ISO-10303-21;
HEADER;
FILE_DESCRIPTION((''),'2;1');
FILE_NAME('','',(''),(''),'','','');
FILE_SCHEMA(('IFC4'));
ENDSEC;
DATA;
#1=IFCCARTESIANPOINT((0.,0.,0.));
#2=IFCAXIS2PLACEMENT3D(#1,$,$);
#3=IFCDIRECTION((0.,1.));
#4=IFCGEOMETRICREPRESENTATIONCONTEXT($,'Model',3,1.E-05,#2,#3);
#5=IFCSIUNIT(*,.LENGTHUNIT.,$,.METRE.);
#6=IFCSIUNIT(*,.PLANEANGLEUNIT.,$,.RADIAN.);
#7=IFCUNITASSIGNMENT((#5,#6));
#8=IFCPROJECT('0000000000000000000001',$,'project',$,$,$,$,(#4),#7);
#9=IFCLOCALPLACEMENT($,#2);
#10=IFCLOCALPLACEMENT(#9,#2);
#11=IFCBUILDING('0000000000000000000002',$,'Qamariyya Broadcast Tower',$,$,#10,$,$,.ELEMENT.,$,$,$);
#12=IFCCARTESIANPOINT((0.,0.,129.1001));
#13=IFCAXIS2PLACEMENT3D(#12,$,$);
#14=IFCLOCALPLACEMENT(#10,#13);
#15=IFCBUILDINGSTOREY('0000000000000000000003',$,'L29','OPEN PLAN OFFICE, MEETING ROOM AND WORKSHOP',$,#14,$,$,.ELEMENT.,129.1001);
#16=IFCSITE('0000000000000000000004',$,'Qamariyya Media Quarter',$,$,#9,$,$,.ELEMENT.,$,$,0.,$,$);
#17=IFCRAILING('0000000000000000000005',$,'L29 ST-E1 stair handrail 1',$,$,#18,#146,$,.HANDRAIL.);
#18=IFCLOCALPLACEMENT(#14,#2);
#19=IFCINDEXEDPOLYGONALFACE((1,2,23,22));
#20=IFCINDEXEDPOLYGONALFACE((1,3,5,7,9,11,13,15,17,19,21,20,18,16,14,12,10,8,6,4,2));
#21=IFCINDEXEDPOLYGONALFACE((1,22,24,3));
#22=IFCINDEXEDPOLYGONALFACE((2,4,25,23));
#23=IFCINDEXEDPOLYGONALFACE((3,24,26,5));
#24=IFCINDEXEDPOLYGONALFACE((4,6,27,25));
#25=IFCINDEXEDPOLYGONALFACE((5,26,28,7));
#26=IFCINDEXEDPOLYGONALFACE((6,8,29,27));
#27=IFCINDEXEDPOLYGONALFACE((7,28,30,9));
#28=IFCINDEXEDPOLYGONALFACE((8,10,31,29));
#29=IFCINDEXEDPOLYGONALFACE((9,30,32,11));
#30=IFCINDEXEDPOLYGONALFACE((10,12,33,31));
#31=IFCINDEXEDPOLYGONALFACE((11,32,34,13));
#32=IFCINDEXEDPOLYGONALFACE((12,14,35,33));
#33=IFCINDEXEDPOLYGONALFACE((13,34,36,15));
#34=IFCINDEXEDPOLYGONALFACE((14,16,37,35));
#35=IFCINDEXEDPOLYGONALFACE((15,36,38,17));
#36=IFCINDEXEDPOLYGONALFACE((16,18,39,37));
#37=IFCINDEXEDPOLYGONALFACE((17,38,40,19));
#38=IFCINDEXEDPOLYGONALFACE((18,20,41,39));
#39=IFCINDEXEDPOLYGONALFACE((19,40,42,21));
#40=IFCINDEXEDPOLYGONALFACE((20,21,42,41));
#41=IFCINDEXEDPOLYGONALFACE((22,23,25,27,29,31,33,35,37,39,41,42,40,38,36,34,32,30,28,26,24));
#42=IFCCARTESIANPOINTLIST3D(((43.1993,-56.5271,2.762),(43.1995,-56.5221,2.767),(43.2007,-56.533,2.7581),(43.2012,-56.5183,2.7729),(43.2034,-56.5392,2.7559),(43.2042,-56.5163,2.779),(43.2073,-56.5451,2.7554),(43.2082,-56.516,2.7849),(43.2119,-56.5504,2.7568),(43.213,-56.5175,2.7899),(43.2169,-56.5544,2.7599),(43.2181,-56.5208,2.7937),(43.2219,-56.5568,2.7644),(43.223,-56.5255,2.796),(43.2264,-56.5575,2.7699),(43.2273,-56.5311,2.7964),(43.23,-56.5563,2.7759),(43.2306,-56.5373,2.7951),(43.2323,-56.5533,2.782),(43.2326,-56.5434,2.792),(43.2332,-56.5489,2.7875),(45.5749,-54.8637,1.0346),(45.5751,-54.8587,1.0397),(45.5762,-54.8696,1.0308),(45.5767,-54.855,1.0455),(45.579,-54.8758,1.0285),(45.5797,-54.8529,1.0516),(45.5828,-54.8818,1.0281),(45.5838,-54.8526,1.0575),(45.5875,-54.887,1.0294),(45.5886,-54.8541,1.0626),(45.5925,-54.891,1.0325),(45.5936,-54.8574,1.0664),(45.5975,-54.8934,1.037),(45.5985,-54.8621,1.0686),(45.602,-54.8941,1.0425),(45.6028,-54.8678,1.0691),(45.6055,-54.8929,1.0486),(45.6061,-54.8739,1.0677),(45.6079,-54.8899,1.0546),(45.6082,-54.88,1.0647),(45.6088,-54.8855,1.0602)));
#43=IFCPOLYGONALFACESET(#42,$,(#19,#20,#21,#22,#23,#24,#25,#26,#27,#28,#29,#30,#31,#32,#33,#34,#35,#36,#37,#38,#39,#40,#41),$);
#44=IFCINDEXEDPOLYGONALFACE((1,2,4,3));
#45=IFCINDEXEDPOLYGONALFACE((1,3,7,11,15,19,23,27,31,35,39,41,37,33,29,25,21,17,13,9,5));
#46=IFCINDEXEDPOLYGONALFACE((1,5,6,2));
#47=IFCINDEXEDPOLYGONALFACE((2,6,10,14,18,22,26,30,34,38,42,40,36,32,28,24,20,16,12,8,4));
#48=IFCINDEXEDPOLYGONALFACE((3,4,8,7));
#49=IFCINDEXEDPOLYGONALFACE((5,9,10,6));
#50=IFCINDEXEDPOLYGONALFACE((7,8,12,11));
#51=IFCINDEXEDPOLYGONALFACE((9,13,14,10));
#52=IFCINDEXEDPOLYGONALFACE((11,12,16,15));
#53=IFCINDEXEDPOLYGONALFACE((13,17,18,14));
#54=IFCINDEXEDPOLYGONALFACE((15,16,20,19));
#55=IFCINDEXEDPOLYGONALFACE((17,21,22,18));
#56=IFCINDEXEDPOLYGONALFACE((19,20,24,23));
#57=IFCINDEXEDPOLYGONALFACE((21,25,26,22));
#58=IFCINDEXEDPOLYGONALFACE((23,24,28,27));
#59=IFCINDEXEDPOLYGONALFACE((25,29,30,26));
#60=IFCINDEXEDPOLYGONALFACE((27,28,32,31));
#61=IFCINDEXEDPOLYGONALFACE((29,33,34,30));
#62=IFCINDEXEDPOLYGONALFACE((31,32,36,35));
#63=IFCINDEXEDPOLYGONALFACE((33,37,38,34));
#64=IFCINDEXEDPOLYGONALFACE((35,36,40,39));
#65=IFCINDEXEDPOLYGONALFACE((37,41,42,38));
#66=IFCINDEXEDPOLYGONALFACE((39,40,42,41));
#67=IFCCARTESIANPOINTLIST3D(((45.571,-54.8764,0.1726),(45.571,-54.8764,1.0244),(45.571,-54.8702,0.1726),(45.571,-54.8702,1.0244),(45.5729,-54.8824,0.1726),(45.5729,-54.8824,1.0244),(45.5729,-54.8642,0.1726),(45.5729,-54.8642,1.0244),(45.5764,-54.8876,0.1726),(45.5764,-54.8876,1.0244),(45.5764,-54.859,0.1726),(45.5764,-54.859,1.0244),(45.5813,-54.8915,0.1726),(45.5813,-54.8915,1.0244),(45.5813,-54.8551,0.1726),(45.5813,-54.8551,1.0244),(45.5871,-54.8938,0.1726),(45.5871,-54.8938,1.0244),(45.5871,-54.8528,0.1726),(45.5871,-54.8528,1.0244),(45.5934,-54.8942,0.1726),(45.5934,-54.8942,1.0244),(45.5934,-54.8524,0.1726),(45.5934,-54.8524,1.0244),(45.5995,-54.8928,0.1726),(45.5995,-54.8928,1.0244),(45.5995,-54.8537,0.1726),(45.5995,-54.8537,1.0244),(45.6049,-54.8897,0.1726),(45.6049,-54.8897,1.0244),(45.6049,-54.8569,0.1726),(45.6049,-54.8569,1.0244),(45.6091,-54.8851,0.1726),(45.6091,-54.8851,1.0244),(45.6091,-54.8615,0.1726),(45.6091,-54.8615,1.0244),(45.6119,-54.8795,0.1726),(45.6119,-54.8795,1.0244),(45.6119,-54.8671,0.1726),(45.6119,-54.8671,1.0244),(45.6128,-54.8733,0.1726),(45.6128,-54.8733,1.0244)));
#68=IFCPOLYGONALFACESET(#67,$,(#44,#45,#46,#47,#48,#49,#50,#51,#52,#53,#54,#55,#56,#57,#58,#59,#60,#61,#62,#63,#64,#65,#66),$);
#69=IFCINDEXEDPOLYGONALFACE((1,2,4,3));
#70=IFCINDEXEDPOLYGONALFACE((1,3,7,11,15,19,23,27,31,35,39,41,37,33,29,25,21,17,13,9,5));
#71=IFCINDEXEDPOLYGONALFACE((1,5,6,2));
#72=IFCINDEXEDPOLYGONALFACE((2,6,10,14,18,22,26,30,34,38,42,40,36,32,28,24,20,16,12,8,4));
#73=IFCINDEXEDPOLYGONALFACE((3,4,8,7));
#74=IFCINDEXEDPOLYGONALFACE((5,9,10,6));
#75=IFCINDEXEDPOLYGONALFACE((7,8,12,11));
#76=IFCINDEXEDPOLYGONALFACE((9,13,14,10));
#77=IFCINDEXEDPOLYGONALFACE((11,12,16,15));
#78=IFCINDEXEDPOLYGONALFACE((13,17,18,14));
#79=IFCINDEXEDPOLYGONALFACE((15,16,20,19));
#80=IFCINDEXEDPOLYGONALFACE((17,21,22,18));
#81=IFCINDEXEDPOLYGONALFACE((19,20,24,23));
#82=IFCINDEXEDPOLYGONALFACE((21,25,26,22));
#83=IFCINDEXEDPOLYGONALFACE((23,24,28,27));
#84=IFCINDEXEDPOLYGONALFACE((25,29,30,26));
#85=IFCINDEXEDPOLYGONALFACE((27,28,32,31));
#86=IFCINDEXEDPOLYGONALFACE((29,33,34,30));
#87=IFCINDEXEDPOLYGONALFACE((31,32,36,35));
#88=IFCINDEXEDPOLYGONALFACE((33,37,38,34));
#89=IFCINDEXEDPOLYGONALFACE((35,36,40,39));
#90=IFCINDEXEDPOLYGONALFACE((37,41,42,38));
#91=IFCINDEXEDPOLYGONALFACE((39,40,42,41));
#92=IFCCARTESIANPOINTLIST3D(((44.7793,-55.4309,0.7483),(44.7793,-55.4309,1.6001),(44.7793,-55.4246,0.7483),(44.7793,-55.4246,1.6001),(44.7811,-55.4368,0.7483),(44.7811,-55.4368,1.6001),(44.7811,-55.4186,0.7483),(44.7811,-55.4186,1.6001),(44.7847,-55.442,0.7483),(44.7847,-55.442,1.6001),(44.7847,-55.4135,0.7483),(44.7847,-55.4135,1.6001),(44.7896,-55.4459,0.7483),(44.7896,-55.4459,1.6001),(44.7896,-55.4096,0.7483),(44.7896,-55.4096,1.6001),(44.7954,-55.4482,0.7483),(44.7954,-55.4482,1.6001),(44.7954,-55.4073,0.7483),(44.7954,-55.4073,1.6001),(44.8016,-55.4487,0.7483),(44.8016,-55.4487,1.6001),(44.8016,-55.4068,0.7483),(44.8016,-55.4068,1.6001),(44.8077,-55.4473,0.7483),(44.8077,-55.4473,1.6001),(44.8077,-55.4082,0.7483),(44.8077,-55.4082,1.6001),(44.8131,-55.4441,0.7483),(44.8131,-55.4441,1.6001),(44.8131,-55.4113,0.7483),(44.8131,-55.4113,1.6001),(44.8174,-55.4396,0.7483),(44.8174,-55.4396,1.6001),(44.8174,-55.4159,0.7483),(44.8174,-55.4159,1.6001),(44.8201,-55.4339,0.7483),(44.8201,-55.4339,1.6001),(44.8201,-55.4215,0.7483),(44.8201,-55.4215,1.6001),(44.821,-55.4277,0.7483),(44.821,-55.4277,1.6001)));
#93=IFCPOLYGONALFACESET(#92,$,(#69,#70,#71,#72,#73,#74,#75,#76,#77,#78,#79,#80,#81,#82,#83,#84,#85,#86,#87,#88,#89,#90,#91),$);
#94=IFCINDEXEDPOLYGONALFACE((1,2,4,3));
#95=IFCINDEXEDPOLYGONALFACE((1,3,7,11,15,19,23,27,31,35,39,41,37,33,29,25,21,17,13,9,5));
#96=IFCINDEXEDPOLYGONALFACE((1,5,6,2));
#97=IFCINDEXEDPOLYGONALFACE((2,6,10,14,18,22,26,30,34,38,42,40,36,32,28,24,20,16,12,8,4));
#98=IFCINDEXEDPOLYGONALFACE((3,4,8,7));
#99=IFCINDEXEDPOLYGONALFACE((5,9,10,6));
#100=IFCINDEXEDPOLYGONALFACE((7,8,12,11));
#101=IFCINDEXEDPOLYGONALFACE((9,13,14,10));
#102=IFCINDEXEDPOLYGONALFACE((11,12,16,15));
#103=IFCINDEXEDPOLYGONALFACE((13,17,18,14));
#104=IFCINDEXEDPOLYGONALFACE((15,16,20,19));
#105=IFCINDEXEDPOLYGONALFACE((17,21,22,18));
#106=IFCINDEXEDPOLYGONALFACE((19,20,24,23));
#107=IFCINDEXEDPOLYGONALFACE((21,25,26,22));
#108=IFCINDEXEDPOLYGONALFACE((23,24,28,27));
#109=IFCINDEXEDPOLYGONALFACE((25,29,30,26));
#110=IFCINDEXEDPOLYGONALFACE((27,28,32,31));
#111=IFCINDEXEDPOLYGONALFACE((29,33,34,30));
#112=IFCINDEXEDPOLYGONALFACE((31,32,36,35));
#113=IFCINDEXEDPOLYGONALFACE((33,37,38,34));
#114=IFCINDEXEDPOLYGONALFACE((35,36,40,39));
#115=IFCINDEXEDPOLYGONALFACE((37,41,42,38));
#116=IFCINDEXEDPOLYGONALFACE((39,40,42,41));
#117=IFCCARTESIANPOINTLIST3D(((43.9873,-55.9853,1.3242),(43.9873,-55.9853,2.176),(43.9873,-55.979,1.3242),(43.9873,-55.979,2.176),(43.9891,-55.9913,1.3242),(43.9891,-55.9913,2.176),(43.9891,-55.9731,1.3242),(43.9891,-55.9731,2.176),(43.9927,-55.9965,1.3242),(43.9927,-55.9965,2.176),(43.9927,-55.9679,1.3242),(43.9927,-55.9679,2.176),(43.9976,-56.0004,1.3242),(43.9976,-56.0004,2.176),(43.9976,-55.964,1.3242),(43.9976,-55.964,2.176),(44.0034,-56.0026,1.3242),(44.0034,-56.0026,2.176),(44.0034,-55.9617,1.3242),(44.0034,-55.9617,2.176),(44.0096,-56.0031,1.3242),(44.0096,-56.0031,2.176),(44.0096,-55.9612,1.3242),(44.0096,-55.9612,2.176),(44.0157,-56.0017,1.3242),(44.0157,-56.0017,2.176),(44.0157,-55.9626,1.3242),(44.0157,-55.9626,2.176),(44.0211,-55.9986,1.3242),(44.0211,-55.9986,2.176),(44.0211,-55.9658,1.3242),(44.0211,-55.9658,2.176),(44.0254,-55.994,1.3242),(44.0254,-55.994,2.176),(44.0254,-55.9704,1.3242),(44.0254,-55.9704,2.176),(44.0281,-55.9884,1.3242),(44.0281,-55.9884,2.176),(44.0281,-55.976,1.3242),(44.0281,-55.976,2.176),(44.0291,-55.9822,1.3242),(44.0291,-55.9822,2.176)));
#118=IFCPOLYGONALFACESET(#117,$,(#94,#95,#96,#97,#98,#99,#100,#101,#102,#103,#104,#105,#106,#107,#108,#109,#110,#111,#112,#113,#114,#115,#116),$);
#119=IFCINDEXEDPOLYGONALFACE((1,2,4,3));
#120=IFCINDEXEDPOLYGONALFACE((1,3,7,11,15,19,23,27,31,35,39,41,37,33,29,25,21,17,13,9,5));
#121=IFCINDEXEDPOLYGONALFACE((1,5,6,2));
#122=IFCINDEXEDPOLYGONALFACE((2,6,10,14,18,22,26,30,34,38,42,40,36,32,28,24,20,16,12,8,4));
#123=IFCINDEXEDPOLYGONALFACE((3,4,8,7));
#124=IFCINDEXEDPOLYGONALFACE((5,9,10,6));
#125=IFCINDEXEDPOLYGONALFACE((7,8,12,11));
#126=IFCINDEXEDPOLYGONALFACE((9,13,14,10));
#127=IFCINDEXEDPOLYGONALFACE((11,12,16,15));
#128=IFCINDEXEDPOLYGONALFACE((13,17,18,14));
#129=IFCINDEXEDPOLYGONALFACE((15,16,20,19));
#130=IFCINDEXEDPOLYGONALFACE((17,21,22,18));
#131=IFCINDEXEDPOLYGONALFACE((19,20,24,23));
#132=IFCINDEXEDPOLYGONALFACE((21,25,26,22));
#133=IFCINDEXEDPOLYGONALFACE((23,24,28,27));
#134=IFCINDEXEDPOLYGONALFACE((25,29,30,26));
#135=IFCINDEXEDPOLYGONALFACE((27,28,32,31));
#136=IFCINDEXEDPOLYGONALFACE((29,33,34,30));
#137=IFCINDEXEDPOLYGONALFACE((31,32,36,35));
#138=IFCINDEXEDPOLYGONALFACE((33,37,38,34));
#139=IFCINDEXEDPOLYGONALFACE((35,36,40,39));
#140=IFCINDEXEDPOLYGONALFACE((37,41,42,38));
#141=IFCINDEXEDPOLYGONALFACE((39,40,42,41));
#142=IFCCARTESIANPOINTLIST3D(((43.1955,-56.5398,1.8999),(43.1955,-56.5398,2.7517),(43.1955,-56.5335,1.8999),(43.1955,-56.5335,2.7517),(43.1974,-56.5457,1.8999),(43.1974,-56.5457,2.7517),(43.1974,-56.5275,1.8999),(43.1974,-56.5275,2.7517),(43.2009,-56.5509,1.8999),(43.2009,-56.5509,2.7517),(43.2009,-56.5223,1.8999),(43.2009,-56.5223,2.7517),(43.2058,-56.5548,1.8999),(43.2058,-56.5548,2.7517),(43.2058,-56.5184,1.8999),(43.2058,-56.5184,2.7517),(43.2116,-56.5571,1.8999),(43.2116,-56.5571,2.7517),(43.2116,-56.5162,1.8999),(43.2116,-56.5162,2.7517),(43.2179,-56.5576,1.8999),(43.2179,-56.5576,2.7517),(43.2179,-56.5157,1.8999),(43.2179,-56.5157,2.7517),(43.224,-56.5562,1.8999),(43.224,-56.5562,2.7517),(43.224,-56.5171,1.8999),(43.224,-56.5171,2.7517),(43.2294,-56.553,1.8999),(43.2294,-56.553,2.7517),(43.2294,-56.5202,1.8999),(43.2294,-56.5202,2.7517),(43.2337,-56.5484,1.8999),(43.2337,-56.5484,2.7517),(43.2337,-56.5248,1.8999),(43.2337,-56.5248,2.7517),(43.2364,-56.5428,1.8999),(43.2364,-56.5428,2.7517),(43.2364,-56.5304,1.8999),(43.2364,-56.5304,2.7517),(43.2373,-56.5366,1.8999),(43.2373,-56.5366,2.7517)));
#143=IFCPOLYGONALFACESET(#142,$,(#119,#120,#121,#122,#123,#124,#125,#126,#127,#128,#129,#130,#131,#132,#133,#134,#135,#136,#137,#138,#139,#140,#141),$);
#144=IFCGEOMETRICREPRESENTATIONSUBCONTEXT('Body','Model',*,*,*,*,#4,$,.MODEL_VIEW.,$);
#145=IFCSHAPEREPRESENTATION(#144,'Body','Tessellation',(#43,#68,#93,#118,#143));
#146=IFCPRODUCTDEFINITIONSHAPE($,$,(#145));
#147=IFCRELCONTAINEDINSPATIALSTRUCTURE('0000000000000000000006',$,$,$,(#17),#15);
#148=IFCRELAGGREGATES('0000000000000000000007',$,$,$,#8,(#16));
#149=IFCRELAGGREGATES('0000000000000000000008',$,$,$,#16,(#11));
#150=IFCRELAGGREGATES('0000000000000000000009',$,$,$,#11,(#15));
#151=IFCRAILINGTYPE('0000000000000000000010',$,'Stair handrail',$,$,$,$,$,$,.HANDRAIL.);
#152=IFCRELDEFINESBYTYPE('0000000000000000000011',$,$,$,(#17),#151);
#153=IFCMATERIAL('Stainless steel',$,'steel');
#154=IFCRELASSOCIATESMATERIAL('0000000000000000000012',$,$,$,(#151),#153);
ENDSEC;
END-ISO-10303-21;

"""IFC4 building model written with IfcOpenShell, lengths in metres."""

from ifc_helpers import new_model, si_unit, direction, frame, origin, origin_2d, place, context, subcontext, project, spatial, circle, extrude, material, type_object, element, save


model = new_model("IFC4")

# Units and contexts
model_context = context("Model", 3, precision=1e-05, world=origin(), true_north=direction((0.0, 1.0)))
body_context = subcontext(model_context, "Body", "Model", "MODEL_VIEW")
ifc_project = project(units=[si_unit("LENGTHUNIT", "METRE"), si_unit("PLANEANGLEUNIT", "RADIAN")], contexts=[model_context])

# Site, building, storey
site_placement = place(None, origin())
site = spatial("IfcSite", under=ifc_project, at=site_placement, Name="Qamariyya Media Quarter", CompositionType="ELEMENT", RefElevation=0.0)
building_placement = place(site_placement, origin())
building = spatial("IfcBuilding", under=site, at=building_placement, Name="Qamariyya Broadcast Tower", CompositionType="ELEMENT")
storey_placement = place(building_placement, frame((0.0, 0.0, 129.1001)))
storey = spatial("IfcBuildingStorey", under=building, at=storey_placement, Name="L29", Description="OPEN PLAN OFFICE, MEETING ROOM AND WORKSHOP", CompositionType="ELEMENT", Elevation=129.1001)

# Railing
ifc_material_1 = material(Name="Stainless steel", Category="steel")
railing_type_1 = type_object("IfcRailingType", Name="Stair handrail", PredefinedType="HANDRAIL", material=ifc_material_1)
railing_1_placement = place(storey_placement, frame((45.5918, -54.8733, 0.1726)))
element("IfcRailing", 1, at=railing_1_placement, inside=storey, type_object=railing_type_1, Name="L29 ST-E1 stair handrail 1", PredefinedType="HANDRAIL", context=body_context, shape_type="SweptSolid", body=[
    extrude(circle(Radius=0.0239, at=origin_2d()), frame((0.0, 0.0, 0.876), z_axis=(-0.70377, -0.492784, 0.511734), x_axis=(0.573575, -0.819153, 0.0)), (0.0, 0.0, 1.0), 3.3755),
    extrude(circle(Radius=0.021, at=origin_2d()), origin(), (0.0, 0.0, 1.0), 0.8518),
    extrude(circle(Radius=0.021, at=origin_2d()), frame((-0.7917, -0.5544, 0.5757)), (0.0, 0.0, 1.0), 0.8518),
    extrude(circle(Radius=0.021, at=origin_2d()), frame((-1.5837, -1.1089, 1.1516)), (0.0, 0.0, 1.0), 0.8518),
    extrude(circle(Radius=0.021, at=origin_2d()), frame((-2.3755, -1.6633, 1.7273)), (0.0, 0.0, 1.0), 0.8518),
])

save(model, "model.ifc")
